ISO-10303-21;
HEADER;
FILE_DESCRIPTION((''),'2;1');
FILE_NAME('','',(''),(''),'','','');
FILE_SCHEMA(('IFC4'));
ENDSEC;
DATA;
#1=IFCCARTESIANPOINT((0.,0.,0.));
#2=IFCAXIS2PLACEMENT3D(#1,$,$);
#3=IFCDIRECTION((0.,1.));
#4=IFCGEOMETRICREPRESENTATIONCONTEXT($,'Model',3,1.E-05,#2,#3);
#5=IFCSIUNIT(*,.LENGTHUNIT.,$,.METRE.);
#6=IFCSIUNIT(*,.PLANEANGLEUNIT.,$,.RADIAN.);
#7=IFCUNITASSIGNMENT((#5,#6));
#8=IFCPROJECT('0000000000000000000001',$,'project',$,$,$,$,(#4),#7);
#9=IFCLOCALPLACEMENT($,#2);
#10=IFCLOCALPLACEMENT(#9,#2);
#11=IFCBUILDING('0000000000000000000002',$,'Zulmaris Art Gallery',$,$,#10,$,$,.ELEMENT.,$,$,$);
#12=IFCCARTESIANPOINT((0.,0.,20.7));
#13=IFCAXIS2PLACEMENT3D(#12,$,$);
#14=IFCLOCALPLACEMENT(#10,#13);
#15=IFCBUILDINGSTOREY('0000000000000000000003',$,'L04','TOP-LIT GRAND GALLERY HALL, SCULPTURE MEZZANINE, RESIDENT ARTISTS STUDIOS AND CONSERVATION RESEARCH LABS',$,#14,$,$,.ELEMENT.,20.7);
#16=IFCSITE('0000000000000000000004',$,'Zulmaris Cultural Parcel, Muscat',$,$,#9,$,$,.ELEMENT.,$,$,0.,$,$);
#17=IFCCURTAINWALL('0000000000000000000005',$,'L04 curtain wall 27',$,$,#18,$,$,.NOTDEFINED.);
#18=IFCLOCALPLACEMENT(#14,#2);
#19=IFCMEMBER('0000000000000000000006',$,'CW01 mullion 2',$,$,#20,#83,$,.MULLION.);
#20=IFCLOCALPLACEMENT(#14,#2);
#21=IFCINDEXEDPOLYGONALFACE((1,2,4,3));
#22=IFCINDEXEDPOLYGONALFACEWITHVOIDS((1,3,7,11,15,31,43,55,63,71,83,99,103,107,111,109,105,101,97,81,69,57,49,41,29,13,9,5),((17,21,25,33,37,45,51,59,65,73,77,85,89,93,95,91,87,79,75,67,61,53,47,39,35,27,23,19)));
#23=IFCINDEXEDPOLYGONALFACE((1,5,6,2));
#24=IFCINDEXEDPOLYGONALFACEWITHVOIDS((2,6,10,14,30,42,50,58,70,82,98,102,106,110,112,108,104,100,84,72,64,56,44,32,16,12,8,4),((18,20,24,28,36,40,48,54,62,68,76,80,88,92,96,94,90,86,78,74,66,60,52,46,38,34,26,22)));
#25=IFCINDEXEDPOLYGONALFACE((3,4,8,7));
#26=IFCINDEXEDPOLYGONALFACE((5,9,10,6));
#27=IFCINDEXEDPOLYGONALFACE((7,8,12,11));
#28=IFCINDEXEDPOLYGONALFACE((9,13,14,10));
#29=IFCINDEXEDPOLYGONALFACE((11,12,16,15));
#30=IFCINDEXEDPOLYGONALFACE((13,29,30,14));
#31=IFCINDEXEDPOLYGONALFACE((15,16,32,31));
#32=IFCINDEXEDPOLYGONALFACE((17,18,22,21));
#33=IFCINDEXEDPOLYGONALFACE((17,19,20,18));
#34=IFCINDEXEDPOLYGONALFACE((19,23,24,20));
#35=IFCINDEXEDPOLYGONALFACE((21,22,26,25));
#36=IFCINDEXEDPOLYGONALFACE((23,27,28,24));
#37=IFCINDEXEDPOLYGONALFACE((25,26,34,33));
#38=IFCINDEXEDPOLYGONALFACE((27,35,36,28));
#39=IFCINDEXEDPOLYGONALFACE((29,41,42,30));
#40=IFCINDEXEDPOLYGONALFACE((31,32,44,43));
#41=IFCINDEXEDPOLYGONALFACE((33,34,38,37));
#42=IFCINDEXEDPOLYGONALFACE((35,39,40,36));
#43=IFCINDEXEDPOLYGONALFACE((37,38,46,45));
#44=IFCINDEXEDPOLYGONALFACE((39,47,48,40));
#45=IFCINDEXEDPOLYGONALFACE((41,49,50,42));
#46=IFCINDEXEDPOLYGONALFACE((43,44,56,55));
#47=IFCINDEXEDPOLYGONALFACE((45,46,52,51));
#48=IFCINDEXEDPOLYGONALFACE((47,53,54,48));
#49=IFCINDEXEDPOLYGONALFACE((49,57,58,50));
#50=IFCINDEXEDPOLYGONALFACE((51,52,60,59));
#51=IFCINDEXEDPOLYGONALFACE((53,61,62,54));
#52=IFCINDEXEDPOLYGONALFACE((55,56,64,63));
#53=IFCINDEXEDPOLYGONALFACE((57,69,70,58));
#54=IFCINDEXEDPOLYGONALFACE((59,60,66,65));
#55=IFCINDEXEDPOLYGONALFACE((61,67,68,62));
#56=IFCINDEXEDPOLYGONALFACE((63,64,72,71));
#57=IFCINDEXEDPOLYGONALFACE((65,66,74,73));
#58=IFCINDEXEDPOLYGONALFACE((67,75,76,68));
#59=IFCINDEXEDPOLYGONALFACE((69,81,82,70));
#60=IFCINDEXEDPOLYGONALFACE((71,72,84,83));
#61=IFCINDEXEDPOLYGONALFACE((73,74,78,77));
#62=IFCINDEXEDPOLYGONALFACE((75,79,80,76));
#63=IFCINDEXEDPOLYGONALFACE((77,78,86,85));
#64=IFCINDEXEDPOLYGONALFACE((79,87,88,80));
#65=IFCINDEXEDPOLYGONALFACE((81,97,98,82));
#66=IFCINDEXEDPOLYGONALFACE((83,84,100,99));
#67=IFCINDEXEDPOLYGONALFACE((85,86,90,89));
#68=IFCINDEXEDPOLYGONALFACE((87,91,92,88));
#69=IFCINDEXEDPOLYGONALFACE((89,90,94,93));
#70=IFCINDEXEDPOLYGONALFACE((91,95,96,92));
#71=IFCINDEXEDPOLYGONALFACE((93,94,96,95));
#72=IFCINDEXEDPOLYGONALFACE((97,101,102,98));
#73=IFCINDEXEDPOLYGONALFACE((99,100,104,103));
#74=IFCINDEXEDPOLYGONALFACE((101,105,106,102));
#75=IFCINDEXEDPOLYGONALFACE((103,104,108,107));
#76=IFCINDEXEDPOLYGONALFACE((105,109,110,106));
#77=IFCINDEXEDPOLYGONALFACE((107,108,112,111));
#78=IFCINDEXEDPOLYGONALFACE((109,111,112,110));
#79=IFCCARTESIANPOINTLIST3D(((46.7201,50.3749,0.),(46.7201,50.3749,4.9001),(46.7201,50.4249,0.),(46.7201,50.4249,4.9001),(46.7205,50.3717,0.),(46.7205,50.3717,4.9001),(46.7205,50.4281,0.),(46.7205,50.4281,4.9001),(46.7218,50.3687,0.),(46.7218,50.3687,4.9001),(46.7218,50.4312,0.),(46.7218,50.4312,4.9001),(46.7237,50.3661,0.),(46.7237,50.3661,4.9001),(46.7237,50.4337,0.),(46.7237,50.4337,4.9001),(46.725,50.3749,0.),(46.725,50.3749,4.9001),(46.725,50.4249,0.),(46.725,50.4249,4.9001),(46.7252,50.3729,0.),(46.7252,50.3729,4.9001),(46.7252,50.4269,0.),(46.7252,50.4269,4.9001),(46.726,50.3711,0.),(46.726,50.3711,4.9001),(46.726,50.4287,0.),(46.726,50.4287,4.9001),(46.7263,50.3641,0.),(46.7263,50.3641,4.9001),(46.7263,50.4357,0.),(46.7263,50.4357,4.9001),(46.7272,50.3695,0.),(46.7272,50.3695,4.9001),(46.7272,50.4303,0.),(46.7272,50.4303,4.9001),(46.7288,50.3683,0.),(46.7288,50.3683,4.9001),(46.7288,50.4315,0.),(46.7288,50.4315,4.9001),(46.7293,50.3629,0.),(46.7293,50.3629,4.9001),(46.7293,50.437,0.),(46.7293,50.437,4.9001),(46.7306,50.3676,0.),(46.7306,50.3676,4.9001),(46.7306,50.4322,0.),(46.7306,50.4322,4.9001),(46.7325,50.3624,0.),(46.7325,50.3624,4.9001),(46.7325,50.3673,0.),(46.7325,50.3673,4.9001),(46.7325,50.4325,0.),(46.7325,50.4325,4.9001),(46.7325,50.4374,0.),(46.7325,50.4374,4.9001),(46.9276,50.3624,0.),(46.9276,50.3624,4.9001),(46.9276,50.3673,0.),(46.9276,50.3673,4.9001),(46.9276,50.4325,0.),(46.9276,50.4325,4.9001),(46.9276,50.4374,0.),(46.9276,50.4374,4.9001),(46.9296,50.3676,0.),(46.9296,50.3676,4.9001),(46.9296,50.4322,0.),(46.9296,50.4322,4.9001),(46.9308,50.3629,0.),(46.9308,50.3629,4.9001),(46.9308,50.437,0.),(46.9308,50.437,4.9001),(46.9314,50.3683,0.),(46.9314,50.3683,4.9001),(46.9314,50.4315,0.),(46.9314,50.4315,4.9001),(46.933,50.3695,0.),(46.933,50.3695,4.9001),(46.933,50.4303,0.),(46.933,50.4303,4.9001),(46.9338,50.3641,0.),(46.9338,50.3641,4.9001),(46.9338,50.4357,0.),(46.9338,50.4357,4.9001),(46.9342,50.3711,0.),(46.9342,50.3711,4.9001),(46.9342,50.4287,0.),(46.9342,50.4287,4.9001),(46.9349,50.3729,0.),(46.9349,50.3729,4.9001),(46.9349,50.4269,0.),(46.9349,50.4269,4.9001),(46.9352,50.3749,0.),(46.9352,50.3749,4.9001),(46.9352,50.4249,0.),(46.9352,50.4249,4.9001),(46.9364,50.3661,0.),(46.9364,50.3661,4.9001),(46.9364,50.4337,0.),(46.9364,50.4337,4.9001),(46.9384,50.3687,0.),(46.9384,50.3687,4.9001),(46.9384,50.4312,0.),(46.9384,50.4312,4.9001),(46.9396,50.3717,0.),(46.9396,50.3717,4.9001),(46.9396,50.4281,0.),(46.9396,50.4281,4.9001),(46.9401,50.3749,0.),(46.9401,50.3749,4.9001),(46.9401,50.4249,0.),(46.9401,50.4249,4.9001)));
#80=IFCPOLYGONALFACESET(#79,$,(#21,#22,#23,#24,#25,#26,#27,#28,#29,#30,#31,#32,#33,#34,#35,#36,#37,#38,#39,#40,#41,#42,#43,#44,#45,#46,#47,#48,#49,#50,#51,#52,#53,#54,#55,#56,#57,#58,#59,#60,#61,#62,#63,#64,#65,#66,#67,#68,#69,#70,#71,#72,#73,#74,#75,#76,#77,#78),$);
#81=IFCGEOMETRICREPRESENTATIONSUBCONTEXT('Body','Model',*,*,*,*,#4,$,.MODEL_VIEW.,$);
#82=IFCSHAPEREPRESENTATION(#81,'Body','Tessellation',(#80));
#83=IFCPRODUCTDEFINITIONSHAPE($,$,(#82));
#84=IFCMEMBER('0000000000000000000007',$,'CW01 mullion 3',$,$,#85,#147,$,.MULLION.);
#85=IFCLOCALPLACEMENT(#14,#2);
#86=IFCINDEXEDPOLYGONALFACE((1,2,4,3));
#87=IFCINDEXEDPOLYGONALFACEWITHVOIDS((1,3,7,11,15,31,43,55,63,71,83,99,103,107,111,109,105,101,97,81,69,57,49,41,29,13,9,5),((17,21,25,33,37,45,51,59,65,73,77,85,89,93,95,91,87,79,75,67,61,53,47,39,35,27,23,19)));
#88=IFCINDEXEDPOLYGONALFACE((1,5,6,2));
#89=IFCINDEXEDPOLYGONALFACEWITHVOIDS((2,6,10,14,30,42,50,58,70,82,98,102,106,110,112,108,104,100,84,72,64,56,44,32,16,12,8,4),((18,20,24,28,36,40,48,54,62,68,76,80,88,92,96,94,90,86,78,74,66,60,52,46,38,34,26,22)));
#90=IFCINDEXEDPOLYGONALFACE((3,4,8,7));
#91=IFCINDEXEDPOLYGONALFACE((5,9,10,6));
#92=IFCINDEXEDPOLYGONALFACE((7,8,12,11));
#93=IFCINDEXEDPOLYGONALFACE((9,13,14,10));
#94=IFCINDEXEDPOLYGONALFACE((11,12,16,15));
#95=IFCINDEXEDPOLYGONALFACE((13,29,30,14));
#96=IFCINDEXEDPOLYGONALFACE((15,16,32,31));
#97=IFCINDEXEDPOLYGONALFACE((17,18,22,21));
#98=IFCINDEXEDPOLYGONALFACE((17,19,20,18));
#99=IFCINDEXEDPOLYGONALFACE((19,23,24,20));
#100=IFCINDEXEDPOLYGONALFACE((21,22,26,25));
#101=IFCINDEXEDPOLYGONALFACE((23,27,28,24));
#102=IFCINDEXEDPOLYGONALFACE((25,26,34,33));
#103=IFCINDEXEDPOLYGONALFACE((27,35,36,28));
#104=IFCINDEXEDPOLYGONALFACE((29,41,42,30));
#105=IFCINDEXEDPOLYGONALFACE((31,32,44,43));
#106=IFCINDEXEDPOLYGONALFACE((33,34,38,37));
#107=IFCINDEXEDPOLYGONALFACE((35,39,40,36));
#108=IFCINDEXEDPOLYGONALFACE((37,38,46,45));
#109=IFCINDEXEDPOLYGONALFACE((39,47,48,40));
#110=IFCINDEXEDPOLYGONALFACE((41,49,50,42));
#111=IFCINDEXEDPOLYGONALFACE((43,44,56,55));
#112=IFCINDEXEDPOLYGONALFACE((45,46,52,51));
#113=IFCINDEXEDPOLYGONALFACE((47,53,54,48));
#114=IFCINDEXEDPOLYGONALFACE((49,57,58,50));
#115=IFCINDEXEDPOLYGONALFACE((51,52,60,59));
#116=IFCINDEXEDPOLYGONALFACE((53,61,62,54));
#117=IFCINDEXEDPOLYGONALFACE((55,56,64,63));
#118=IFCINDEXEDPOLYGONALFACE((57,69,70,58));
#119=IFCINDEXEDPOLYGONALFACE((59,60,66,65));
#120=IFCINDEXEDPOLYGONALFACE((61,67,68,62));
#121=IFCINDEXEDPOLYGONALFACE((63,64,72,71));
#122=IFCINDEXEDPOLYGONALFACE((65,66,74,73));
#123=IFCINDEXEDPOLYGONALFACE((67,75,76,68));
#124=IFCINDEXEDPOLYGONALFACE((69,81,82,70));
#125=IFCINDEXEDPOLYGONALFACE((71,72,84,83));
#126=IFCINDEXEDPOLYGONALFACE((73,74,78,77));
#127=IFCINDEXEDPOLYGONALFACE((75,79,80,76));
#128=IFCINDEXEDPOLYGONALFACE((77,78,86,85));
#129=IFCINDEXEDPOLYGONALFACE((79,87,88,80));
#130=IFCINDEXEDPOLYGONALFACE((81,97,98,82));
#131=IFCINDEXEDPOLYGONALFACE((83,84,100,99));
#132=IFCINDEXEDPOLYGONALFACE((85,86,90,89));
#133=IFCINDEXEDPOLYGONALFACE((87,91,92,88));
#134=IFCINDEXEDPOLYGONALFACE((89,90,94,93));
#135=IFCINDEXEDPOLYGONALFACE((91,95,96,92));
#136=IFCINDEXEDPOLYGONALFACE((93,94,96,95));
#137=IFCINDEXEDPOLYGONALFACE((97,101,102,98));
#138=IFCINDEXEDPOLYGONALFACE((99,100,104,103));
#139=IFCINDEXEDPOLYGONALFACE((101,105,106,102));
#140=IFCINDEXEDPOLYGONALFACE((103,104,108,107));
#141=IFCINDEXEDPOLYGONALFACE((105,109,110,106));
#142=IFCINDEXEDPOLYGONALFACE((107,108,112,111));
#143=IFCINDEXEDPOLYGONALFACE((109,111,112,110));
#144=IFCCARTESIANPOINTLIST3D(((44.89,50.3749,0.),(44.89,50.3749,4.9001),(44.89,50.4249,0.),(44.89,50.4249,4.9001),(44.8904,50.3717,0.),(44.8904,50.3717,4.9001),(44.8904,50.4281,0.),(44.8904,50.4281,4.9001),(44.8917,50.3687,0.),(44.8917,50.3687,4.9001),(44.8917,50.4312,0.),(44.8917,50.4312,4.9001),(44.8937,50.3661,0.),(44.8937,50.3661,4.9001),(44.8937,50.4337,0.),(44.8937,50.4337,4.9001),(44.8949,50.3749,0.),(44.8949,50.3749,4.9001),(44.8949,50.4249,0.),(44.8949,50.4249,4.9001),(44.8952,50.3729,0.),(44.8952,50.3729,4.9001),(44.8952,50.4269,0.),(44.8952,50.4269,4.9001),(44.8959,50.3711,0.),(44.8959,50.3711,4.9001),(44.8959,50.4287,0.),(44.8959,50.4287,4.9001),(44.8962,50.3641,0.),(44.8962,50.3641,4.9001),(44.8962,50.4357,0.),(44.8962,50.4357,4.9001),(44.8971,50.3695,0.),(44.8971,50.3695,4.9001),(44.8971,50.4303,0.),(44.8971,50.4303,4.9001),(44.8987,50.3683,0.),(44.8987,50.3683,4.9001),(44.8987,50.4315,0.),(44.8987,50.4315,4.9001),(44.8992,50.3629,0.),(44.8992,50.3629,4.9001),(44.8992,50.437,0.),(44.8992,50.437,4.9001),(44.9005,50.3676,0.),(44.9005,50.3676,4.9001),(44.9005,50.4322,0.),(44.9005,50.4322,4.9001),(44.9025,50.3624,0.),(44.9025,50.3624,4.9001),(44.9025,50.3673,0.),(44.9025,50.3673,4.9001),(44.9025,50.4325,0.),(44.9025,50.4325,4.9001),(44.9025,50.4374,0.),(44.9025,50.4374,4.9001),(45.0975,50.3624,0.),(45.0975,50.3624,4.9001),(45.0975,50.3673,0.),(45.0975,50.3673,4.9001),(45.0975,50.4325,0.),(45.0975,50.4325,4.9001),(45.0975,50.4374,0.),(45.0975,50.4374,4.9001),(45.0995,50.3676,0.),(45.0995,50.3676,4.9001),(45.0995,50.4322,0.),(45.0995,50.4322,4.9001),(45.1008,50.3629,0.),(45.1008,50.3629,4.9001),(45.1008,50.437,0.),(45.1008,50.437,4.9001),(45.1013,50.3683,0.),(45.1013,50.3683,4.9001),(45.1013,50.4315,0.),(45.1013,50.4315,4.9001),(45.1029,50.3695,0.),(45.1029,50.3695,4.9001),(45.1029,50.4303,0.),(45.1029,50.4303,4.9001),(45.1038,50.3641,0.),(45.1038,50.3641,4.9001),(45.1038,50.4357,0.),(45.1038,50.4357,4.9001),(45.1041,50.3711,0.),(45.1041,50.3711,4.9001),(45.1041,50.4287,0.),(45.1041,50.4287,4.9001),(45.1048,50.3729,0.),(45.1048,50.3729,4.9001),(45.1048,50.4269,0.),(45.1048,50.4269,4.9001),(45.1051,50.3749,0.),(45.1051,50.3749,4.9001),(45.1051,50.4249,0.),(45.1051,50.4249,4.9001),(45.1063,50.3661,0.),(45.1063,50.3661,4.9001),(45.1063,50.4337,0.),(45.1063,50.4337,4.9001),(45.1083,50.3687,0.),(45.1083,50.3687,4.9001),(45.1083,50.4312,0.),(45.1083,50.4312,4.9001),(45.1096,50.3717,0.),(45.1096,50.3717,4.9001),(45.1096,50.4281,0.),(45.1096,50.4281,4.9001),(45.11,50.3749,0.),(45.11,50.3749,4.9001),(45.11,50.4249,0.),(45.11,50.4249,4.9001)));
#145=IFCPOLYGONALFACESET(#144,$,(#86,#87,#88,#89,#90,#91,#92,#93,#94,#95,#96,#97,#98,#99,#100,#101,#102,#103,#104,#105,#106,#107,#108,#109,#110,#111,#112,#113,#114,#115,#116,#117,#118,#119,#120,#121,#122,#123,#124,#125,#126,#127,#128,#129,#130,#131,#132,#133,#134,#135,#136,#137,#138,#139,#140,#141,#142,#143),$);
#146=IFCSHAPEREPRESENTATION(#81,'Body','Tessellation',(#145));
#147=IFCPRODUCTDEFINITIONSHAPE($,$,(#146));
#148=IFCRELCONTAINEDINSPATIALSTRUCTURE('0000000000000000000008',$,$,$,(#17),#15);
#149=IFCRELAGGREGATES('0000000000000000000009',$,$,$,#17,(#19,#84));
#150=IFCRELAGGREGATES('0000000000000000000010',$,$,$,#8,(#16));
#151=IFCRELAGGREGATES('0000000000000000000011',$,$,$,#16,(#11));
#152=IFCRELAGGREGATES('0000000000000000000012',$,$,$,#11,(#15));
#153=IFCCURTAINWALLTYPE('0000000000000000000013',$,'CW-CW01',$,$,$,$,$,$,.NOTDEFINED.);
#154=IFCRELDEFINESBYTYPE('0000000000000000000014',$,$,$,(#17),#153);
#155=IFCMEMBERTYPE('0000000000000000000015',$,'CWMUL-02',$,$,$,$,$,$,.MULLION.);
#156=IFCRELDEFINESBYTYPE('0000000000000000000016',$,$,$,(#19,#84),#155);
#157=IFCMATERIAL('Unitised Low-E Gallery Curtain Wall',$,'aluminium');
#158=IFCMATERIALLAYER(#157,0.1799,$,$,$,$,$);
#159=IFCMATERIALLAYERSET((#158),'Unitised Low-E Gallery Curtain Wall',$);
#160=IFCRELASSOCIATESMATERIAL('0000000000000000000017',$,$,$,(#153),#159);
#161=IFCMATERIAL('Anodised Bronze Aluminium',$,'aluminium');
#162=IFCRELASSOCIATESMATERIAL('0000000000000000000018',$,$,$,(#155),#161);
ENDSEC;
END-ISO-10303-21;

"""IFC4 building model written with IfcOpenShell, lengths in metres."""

from ifc_helpers import new_model, si_unit, direction, frame, origin, origin_2d, place, context, subcontext, project, spatial, hollow_rectangle, extrude, material, layer, layer_set, material_profile, profile_set, type_object, element, aggregate, save


model = new_model("IFC4")

# Units and contexts
model_context = context("Model", 3, precision=1e-05, world=origin(), true_north=direction((0.0, 1.0)))
body_context = subcontext(model_context, "Body", "Model", "MODEL_VIEW")
ifc_project = project(units=[si_unit("LENGTHUNIT", "METRE"), si_unit("PLANEANGLEUNIT", "RADIAN")], contexts=[model_context])

# Site, building, storey
site_placement = place(None, origin())
site = spatial("IfcSite", under=ifc_project, at=site_placement, Name="Zulmaris Cultural Parcel, Muscat", CompositionType="ELEMENT", RefElevation=0.0)
building_placement = place(site_placement, origin())
building = spatial("IfcBuilding", under=site, at=building_placement, Name="Zulmaris Art Gallery", CompositionType="ELEMENT")
storey_placement = place(building_placement, frame((0.0, 0.0, 20.7)))
storey = spatial("IfcBuildingStorey", under=building, at=storey_placement, Name="L04", Description="TOP-LIT GRAND GALLERY HALL, SCULPTURE MEZZANINE, RESIDENT ARTISTS STUDIOS AND CONSERVATION RESEARCH LABS", CompositionType="ELEMENT", Elevation=20.7)

# Shared definitions
ifc_material_1 = material(Name="Unitised Low-E Gallery Curtain Wall", Category="aluminium")
ifc_layer_1 = layer(ifc_material_1, 0.1799)
ifc_layer_set_1 = layer_set([ifc_layer_1], Name="Unitised Low-E Gallery Curtain Wall")
curtain_wall_type = type_object("IfcCurtainWallType", Name="CW-CW01", PredefinedType="NOTDEFINED", material=ifc_layer_set_1)
ifc_material_2 = material(Name="Anodised Bronze Aluminium", Category="aluminium")
ifc_material_profile_1 = material_profile(ifc_material_2, hollow_rectangle(XDim=0.075, YDim=0.22, WallThickness=0.0049, InnerFilletRadius=0.0076, OuterFilletRadius=0.0125, at=origin_2d()), Name="ALU 75x220x5")
ifc_profile_set_1 = profile_set([ifc_material_profile_1], Name="Anodised Bronze Aluminium")
member_type_1 = type_object("IfcMemberType", Name="CWMUL-02", PredefinedType="MULLION", material=ifc_profile_set_1)

# Curtain wall, members
curtain_wall_1_placement = place(storey_placement, origin())
curtain_wall_1 = element("IfcCurtainWall", 1, at=curtain_wall_1_placement, inside=storey, type_object=curtain_wall_type, Name="L04 curtain wall 27", PredefinedType="NOTDEFINED")
member_1_placement = place(storey_placement, frame((46.8301, 50.3999, 0.0), z_axis=(0.0, 0.0, 1.0), x_axis=(0.0, -1.0, 0.0)))
member_1 = element("IfcMember", 2, at=member_1_placement, type_object=member_type_1, Name="CW01 mullion 2", PredefinedType="MULLION", context=body_context, shape_type="SweptSolid", body=[
    extrude(hollow_rectangle(XDim=0.075, YDim=0.22, WallThickness=0.0049, InnerFilletRadius=0.0076, OuterFilletRadius=0.0125, at=origin_2d()), origin(), (0.0, 0.0, 1.0), 4.9001),
])
member_2_placement = place(storey_placement, frame((45.0, 50.3999, 0.0), z_axis=(0.0, 0.0, 1.0), x_axis=(0.0, -1.0, 0.0)))
member_2 = element("IfcMember", 3, at=member_2_placement, type_object=member_type_1, Name="CW01 mullion 3", PredefinedType="MULLION", context=body_context, shape_type="SweptSolid", body=[
    extrude(hollow_rectangle(XDim=0.075, YDim=0.22, WallThickness=0.0049, InnerFilletRadius=0.0076, OuterFilletRadius=0.0125, at=origin_2d()), origin(), (0.0, 0.0, 1.0), 4.9001),
])
aggregate(curtain_wall_1, [member_1, member_2])

save(model, "model.ifc")
